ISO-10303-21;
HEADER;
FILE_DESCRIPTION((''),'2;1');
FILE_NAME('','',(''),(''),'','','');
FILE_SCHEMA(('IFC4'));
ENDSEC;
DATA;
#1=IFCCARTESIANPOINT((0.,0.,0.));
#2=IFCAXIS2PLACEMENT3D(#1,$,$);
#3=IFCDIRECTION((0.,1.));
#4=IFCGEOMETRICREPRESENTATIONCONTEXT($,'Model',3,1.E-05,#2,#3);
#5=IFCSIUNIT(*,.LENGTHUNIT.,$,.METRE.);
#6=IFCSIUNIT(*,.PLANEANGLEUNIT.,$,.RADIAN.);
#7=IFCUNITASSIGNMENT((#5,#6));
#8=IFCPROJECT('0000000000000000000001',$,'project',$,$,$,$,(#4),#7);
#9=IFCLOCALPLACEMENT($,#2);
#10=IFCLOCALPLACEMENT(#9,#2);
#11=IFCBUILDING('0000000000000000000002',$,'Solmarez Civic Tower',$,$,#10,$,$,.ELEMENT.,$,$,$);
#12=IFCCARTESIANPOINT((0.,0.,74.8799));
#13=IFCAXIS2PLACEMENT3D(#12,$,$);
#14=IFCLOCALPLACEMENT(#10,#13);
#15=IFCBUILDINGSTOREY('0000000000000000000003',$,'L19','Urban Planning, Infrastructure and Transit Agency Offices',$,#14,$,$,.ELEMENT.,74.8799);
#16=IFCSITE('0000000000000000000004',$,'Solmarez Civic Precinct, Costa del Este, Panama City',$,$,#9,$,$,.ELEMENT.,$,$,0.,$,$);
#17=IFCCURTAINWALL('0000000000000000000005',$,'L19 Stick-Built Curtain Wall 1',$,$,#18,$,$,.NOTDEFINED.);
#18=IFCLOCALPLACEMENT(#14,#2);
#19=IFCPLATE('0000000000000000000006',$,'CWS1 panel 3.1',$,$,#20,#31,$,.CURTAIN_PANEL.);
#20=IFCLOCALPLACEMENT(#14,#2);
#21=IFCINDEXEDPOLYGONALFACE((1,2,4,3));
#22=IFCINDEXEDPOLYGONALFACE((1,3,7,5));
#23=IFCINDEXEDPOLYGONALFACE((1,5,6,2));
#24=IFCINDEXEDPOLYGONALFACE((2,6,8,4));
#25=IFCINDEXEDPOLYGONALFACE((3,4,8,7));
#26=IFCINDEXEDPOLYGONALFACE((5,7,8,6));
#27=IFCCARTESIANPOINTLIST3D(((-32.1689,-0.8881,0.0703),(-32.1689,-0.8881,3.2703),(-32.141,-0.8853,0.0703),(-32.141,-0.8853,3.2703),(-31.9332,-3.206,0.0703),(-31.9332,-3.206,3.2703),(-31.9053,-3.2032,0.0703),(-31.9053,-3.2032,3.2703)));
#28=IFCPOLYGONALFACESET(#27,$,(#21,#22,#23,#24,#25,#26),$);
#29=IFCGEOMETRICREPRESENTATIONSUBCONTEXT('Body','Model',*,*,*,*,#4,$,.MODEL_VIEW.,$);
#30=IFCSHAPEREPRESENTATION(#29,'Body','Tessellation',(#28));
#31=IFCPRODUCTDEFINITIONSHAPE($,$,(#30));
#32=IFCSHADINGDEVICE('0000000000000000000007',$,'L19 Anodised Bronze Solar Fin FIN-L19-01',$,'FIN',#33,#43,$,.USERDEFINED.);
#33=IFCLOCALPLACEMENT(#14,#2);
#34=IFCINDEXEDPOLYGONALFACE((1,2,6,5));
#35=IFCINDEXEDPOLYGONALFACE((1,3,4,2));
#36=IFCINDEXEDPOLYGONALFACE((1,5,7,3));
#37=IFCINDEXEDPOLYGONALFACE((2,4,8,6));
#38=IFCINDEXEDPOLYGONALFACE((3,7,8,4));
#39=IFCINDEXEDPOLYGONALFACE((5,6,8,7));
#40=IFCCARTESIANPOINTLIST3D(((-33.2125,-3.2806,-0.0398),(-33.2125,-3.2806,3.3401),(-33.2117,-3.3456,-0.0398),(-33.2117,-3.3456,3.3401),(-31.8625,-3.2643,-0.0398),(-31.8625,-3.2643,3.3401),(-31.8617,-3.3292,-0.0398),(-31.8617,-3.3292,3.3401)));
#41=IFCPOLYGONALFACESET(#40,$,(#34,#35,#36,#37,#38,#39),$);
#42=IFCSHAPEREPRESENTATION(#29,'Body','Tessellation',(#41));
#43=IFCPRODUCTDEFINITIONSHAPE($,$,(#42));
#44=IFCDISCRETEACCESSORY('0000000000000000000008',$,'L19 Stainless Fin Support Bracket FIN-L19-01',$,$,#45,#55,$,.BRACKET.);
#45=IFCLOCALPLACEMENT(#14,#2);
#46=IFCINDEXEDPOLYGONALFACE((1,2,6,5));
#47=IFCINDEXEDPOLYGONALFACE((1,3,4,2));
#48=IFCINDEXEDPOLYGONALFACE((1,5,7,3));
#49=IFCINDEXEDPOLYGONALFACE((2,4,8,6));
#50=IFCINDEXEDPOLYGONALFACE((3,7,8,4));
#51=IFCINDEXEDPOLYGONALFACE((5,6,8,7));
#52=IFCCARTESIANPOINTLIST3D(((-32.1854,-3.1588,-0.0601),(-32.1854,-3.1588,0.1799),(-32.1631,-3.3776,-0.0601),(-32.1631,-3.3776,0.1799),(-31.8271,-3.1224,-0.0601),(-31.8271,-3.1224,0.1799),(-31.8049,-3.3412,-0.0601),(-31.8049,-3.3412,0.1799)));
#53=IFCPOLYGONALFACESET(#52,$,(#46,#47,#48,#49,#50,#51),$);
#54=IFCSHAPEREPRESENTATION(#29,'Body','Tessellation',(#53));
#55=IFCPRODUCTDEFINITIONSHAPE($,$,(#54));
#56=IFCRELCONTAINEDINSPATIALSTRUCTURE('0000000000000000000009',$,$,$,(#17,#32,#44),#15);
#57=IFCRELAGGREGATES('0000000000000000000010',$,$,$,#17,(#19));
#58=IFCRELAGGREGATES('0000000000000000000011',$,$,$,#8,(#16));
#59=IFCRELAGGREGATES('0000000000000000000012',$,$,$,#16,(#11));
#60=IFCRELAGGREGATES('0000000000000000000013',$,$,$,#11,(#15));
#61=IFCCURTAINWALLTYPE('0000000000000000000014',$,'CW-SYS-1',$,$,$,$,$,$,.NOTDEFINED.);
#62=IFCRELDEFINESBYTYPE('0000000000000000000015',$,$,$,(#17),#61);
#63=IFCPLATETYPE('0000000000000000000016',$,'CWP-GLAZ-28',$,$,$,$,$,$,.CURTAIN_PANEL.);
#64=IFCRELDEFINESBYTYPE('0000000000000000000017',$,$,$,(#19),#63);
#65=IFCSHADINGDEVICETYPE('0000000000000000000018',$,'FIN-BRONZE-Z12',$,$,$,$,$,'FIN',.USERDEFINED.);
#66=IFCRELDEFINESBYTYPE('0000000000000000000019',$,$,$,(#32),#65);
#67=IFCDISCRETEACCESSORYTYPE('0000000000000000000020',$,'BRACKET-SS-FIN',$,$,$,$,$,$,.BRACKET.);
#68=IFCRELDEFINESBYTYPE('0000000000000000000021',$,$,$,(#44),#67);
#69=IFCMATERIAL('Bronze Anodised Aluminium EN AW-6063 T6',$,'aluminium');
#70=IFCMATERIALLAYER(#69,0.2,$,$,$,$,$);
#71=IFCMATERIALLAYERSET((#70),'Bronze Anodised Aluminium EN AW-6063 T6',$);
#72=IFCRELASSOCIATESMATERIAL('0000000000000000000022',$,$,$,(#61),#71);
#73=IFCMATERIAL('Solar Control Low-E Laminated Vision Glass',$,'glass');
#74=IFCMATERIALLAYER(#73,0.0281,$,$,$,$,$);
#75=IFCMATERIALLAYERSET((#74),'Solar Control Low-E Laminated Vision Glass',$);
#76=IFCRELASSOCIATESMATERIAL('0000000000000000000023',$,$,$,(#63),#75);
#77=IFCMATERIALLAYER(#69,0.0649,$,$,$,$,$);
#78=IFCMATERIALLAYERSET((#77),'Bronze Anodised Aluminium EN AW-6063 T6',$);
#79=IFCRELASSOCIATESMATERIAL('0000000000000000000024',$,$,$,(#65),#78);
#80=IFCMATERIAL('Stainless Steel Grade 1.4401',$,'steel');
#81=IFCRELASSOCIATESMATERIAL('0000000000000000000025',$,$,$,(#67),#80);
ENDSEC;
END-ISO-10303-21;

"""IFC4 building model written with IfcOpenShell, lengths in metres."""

from ifc_helpers import new_model, si_unit, direction, frame, origin, origin_2d, place, context, subcontext, project, spatial, rectangle, extrude, material, layer, layer_set, type_object, element, aggregate, save


model = new_model("IFC4")

# Units and contexts
model_context = context("Model", 3, precision=1e-05, world=origin(), true_north=direction((0.0, 1.0)))
body_context = subcontext(model_context, "Body", "Model", "MODEL_VIEW")
ifc_project = project(units=[si_unit("LENGTHUNIT", "METRE"), si_unit("PLANEANGLEUNIT", "RADIAN")], contexts=[model_context])

# Site, building, storey
site_placement = place(None, origin())
site = spatial("IfcSite", under=ifc_project, at=site_placement, Name="Solmarez Civic Precinct, Costa del Este, Panama City", CompositionType="ELEMENT", RefElevation=0.0)
building_placement = place(site_placement, origin())
building = spatial("IfcBuilding", under=site, at=building_placement, Name="Solmarez Civic Tower", CompositionType="ELEMENT")
storey_placement = place(building_placement, frame((0.0, 0.0, 74.8799)))
storey = spatial("IfcBuildingStorey", under=building, at=storey_placement, Name="L19", Description="Urban Planning, Infrastructure and Transit Agency Offices", CompositionType="ELEMENT", Elevation=74.8799)

# Curtain wall, plate
ifc_material_1 = material(Name="Bronze Anodised Aluminium EN AW-6063 T6", Category="aluminium")
ifc_layer_1 = layer(ifc_material_1, 0.2)
ifc_layer_set_1 = layer_set([ifc_layer_1], Name="Bronze Anodised Aluminium EN AW-6063 T6")
curtain_wall_type = type_object("IfcCurtainWallType", Name="CW-SYS-1", PredefinedType="NOTDEFINED", material=ifc_layer_set_1)
curtain_wall_placement = place(storey_placement, origin())
curtain_wall = element("IfcCurtainWall", 1, at=curtain_wall_placement, inside=storey, type_object=curtain_wall_type, Name="L19 Stick-Built Curtain Wall 1", PredefinedType="NOTDEFINED")
ifc_material_2 = material(Name="Solar Control Low-E Laminated Vision Glass", Category="glass")
ifc_layer_2 = layer(ifc_material_2, 0.0281)
ifc_layer_set_2 = layer_set([ifc_layer_2], Name="Solar Control Low-E Laminated Vision Glass")
plate_type = type_object("IfcPlateType", Name="CWP-GLAZ-28", PredefinedType="CURTAIN_PANEL", material=ifc_layer_set_2)
plate_1_placement = place(storey_placement, frame((-32.0371, -2.0457, 0.0703), z_axis=(0.0, 0.0, 1.0), x_axis=(-0.10115, 0.994871, 0.0)))
plate_1 = element("IfcPlate", 2, at=plate_1_placement, type_object=plate_type, Name="CWS1 panel 3.1", PredefinedType="CURTAIN_PANEL", context=body_context, shape_type="SweptSolid", body=[
    extrude(rectangle(XDim=2.3298, YDim=0.0281, at=origin_2d()), origin(), (0.0, 0.0, 1.0), 3.2),
])
aggregate(curtain_wall, [plate_1])

# Shading device
ifc_layer_3 = layer(ifc_material_1, 0.0649)
ifc_layer_set_3 = layer_set([ifc_layer_3], Name="Bronze Anodised Aluminium EN AW-6063 T6")
shading_device_type = type_object("IfcShadingDeviceType", Name="FIN-BRONZE-Z12", ElementType="FIN", PredefinedType="USERDEFINED", material=ifc_layer_set_3)
shading_device_placement = place(storey_placement, frame((-32.5371, -3.3049, -0.0398), z_axis=(0.0, 0.0, 1.0), x_axis=(-0.999927, -0.012095, 0.0)))
element("IfcShadingDevice", 3, at=shading_device_placement, inside=storey, type_object=shading_device_type, Name="L19 Anodised Bronze Solar Fin FIN-L19-01", ObjectType="FIN", PredefinedType="USERDEFINED", context=body_context, shape_type="SweptSolid", body=[
    extrude(rectangle(XDim=1.3501, YDim=0.0649, at=origin_2d()), origin(), (0.0, 0.0, 1.0), 3.3799),
])

# Discrete accessory
ifc_material_3 = material(Name="Stainless Steel Grade 1.4401", Category="steel")
discrete_accessory_type = type_object("IfcDiscreteAccessoryType", Name="BRACKET-SS-FIN", PredefinedType="BRACKET", material=ifc_material_3)
discrete_accessory_placement = place(storey_placement, frame((-31.9951, -3.25, -0.0601), z_axis=(0.0, 0.0, 1.0), x_axis=(-0.994881, -0.101056, 0.0)))
element("IfcDiscreteAccessory", 4, at=discrete_accessory_placement, inside=storey, type_object=discrete_accessory_type, Name="L19 Stainless Fin Support Bracket FIN-L19-01", PredefinedType="BRACKET", context=body_context, shape_type="SweptSolid", body=[
    extrude(rectangle(XDim=0.3601, YDim=0.22, at=origin_2d()), origin(), (0.0, 0.0, 1.0), 0.24),
])

save(model, "model.ifc")
